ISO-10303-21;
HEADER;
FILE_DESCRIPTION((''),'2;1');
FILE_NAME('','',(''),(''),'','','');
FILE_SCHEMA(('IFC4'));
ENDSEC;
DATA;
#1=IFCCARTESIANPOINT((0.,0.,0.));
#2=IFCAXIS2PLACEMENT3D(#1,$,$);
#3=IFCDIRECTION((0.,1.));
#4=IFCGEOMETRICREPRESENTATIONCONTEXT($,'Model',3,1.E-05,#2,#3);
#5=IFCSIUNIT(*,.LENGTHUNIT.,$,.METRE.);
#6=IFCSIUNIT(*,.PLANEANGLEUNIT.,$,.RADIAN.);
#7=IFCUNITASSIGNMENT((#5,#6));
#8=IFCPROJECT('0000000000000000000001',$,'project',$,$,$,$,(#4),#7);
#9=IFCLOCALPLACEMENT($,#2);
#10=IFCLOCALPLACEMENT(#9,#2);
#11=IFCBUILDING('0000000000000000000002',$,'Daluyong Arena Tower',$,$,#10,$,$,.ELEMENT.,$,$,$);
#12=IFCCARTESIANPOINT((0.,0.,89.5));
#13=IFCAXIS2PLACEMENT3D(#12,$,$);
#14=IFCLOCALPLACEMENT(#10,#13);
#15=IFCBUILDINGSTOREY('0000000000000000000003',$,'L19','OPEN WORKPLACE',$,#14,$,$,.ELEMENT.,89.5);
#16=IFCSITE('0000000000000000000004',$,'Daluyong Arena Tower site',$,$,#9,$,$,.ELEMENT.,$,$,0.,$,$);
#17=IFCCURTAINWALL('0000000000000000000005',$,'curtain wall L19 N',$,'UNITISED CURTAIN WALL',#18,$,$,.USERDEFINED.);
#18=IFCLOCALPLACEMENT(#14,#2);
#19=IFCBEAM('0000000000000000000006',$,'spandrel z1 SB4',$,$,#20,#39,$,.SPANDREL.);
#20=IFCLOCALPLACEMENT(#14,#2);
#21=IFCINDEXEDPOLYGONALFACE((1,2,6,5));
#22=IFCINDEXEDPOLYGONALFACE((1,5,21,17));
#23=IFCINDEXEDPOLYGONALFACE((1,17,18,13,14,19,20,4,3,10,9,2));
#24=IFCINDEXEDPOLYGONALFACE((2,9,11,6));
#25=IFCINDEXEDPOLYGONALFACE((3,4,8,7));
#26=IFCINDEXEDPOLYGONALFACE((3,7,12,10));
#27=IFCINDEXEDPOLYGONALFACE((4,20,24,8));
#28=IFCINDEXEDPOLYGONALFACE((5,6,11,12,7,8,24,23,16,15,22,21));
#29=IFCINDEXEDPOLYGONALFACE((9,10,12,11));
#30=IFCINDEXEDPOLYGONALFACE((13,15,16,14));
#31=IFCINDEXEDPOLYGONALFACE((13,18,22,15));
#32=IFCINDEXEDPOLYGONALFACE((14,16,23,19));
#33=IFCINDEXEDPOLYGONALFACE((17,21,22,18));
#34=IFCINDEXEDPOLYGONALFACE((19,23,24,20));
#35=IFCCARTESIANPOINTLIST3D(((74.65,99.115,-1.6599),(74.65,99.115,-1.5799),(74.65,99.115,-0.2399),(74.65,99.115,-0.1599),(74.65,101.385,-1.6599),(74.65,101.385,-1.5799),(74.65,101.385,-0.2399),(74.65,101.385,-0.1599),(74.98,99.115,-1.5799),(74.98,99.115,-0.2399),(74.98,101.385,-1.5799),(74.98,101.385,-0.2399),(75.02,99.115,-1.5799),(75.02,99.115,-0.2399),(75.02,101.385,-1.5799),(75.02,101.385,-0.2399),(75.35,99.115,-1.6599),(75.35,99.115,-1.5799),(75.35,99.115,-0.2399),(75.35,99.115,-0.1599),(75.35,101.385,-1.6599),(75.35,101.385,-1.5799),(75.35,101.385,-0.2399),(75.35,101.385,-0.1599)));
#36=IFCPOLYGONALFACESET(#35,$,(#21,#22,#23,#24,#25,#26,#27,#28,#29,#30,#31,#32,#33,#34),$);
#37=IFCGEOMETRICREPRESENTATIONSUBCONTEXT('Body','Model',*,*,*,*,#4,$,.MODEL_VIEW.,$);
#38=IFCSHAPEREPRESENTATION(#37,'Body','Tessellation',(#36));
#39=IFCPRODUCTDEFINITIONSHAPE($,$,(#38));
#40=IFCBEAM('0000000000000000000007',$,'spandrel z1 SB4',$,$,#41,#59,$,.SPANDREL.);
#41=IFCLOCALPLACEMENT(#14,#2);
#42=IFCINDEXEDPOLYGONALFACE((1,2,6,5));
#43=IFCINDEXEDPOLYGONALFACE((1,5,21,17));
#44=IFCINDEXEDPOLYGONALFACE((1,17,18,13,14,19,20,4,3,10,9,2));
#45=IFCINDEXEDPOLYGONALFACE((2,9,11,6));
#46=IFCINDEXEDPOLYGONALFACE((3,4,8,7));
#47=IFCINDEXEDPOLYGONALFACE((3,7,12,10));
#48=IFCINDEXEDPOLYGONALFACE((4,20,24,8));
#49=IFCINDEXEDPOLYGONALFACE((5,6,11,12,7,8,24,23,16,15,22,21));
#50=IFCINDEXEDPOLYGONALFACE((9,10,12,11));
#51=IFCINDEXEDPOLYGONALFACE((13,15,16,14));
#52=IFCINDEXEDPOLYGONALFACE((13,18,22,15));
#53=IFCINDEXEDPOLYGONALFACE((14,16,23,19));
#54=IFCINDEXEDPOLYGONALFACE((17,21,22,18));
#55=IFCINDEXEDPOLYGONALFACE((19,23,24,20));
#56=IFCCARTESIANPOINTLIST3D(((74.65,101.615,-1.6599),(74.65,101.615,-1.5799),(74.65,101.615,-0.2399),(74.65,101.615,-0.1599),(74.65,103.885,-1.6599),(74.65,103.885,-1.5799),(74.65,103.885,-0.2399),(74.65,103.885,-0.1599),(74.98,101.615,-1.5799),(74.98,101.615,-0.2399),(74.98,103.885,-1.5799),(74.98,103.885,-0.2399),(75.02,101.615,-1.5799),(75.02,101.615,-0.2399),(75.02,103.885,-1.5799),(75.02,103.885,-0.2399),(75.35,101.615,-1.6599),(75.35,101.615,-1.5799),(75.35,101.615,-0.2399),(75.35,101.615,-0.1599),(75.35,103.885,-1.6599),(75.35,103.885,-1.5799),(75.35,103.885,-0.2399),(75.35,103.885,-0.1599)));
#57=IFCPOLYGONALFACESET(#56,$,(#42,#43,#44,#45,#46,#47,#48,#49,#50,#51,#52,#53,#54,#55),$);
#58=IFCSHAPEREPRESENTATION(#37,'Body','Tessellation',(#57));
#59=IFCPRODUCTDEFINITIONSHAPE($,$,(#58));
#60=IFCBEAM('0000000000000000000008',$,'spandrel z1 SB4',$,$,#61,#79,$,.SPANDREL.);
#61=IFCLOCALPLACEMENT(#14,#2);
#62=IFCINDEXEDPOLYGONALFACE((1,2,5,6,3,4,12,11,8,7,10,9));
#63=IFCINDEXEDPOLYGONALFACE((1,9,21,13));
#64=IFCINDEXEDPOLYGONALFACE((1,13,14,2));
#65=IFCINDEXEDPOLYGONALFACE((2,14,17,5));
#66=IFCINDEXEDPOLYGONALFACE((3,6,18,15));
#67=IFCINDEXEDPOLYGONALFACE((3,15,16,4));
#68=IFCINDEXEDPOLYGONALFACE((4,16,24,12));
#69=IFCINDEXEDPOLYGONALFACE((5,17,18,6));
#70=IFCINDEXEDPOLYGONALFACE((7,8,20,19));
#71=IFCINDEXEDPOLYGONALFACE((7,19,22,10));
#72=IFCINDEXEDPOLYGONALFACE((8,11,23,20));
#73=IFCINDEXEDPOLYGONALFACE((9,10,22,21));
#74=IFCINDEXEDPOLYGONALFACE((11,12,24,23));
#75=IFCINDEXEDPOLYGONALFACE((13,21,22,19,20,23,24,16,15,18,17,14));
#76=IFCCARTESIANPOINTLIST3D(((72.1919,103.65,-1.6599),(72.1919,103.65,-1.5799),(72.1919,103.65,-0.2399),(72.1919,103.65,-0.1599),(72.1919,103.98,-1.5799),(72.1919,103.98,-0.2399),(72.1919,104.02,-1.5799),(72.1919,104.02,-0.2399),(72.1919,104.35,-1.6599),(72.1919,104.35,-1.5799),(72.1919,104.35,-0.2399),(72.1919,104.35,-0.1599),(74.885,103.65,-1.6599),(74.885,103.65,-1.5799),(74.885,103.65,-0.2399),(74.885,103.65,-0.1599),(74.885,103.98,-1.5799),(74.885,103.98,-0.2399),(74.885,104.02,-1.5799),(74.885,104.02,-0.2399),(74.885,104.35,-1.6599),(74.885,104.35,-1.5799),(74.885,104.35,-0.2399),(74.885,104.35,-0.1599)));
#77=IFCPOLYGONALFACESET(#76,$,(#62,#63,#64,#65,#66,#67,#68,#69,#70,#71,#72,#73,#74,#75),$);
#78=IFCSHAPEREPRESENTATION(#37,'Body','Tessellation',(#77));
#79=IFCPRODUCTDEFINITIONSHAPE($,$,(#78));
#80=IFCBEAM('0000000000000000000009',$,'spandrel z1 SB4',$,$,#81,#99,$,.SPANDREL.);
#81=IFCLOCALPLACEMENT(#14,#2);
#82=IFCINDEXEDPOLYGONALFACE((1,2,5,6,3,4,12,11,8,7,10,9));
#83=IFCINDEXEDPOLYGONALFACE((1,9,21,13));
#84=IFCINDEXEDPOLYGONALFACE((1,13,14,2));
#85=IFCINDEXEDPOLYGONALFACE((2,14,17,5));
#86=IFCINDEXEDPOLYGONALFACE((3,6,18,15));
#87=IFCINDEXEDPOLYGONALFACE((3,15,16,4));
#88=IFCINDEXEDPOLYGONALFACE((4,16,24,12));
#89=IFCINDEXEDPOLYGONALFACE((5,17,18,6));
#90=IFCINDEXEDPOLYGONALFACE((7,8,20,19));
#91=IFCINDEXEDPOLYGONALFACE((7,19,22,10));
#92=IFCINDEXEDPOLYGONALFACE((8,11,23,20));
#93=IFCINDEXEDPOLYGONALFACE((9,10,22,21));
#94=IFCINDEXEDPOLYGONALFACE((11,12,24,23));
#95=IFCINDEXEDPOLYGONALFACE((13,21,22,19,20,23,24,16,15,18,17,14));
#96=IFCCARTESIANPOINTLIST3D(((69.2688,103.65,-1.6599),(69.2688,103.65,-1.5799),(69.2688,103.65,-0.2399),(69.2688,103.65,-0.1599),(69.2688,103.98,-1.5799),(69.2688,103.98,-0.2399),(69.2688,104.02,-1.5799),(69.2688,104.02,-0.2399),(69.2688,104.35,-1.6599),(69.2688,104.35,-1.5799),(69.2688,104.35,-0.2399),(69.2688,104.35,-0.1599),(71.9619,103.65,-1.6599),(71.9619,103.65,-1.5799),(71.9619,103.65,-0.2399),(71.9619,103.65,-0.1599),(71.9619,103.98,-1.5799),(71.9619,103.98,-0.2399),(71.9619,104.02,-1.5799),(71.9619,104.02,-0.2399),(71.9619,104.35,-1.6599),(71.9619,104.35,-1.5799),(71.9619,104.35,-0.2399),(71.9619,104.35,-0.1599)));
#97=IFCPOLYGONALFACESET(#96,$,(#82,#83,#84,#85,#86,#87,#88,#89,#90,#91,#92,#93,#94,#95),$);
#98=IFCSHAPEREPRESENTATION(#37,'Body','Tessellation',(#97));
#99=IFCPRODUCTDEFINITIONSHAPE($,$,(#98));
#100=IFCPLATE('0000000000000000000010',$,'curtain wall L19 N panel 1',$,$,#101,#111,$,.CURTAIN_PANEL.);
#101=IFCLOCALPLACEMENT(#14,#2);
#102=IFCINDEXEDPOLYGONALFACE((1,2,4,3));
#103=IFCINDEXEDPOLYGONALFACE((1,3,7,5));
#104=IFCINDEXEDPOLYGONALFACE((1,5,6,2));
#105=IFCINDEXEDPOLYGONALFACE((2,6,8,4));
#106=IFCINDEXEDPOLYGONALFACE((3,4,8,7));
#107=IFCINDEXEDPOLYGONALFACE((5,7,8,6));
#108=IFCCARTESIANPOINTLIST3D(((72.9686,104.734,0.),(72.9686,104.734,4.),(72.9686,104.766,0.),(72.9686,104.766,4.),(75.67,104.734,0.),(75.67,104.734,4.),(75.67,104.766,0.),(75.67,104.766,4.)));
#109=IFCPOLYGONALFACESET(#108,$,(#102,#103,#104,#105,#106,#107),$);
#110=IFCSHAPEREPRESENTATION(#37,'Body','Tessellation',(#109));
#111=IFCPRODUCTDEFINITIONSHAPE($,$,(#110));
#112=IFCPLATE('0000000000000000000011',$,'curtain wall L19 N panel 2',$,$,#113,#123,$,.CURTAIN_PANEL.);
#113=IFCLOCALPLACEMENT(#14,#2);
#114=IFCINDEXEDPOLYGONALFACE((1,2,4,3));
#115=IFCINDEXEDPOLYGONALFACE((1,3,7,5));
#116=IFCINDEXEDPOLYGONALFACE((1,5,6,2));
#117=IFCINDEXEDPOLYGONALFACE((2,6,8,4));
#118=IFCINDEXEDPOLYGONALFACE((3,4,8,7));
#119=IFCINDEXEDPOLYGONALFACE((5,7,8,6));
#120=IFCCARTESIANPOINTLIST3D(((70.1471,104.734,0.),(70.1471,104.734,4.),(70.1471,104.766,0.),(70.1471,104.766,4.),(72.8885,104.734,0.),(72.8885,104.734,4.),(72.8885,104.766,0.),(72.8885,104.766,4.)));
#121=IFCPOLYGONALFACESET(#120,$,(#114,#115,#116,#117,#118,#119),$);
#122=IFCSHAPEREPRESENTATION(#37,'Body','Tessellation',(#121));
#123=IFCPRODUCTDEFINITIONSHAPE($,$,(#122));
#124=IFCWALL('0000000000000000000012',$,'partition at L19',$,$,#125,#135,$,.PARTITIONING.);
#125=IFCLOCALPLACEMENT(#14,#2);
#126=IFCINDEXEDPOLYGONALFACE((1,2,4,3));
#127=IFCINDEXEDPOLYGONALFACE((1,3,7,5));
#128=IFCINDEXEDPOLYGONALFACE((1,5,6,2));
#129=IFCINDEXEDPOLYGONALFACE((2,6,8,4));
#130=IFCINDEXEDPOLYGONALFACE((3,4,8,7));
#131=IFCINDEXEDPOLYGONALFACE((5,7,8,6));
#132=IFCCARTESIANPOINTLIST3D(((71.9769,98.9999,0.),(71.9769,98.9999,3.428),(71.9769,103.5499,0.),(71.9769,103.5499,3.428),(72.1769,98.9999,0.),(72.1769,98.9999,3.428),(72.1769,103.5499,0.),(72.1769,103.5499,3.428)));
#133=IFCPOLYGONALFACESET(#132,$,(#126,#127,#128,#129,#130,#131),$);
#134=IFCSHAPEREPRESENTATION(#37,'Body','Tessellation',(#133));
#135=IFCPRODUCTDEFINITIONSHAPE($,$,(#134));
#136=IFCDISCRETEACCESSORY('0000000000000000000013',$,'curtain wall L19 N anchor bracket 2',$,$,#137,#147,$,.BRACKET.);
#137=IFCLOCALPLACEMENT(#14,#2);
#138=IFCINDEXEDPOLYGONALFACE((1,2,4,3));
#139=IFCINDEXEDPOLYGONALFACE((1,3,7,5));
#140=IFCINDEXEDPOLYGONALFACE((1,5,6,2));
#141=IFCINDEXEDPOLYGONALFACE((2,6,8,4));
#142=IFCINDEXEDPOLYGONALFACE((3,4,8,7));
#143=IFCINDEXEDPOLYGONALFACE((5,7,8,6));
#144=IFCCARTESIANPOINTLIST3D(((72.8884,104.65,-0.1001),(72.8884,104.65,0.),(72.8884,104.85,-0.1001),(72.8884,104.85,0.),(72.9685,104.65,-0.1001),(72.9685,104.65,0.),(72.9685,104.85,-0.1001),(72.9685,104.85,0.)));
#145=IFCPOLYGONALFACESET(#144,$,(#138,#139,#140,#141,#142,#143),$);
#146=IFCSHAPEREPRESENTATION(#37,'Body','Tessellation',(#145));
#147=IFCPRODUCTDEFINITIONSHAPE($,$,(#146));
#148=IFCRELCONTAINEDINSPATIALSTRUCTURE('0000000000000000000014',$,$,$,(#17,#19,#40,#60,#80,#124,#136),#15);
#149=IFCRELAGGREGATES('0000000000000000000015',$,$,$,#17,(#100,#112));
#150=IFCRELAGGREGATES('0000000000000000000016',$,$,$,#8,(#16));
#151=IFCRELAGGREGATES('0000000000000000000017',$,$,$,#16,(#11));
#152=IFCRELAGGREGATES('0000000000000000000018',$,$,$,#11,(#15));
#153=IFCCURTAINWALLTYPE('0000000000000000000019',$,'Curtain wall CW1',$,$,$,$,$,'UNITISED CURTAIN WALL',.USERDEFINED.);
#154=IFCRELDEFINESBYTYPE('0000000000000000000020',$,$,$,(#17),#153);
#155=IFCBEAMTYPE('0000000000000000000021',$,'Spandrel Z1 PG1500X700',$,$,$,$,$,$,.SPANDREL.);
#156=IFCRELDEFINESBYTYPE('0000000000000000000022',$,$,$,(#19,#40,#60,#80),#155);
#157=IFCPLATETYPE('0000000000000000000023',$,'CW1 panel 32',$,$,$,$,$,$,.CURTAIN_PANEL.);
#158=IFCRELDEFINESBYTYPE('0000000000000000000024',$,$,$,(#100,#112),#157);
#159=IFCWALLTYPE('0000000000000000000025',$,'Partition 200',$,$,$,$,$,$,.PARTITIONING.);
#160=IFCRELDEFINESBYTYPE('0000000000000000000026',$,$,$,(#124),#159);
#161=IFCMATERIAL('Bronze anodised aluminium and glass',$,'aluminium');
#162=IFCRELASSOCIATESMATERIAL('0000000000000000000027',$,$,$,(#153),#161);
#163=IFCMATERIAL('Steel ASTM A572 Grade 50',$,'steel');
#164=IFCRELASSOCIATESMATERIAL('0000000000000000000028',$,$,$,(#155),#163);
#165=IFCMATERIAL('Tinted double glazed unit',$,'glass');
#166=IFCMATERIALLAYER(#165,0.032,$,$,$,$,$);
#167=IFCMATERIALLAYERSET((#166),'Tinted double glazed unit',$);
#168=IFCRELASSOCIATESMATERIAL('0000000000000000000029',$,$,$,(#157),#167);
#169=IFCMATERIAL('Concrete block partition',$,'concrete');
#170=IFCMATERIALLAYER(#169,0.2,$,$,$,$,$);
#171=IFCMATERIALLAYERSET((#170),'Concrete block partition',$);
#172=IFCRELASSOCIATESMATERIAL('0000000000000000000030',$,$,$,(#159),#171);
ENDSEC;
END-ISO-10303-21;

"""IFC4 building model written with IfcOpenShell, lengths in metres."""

from ifc_helpers import new_model, si_unit, direction, frame, frame_2d, origin, origin_2d, place, context, subcontext, project, spatial, rectangle, i_section, extrude, material, layer, layer_set, material_profile, profile_set, type_object, element, aggregate, save


model = new_model("IFC4")

# Units and contexts
model_context = context("Model", 3, precision=1e-05, world=origin(), true_north=direction((0.0, 1.0)))
body_context = subcontext(model_context, "Body", "Model", "MODEL_VIEW")
ifc_project = project(units=[si_unit("LENGTHUNIT", "METRE"), si_unit("PLANEANGLEUNIT", "RADIAN")], contexts=[model_context])

# Site, building, storey
site_placement = place(None, origin())
site = spatial("IfcSite", under=ifc_project, at=site_placement, Name="Daluyong Arena Tower site", CompositionType="ELEMENT", RefElevation=0.0)
building_placement = place(site_placement, origin())
building = spatial("IfcBuilding", under=site, at=building_placement, Name="Daluyong Arena Tower", CompositionType="ELEMENT")
storey_placement = place(building_placement, frame((0.0, 0.0, 89.5)))
storey = spatial("IfcBuildingStorey", under=building, at=storey_placement, Name="L19", Description="OPEN WORKPLACE", CompositionType="ELEMENT", Elevation=89.5)

# Curtain wall
ifc_material_1 = material(Name="Bronze anodised aluminium and glass", Category="aluminium")
curtain_wall_type_1 = type_object("IfcCurtainWallType", Name="Curtain wall CW1", ElementType="UNITISED CURTAIN WALL", PredefinedType="USERDEFINED", material=ifc_material_1)
curtain_wall_1_placement = place(storey_placement, origin())
curtain_wall_1 = element("IfcCurtainWall", 1, at=curtain_wall_1_placement, inside=storey, type_object=curtain_wall_type_1, Name="curtain wall L19 N", ObjectType="UNITISED CURTAIN WALL", PredefinedType="USERDEFINED")

# Beams
ifc_material_2 = material(Name="Steel ASTM A572 Grade 50", Category="steel")
ifc_material_profile_1 = material_profile(ifc_material_2, i_section(OverallWidth=0.7, OverallDepth=1.5, WebThickness=0.04, FlangeThickness=0.08, at=origin_2d()))
ifc_profile_set_1 = profile_set([ifc_material_profile_1], Name="Steel ASTM A572 Grade 50")
beam_type_1 = type_object("IfcBeamType", Name="Spandrel Z1 PG1500X700", PredefinedType="SPANDREL", material=ifc_profile_set_1)
for number, where, z_axis, x_axis, name in (
    (2, (75.0, 99.115, -0.9099), (0.0, 1.0, 0.0), (-1.0, 0.0, 0.0), "spandrel z1 SB4"),
    (3, (75.0, 101.615, -0.9099), (0.0, 1.0, 0.0), (-1.0, 0.0, 0.0), "spandrel z1 SB4"),
):
    element("IfcBeam", number, at=place(storey_placement, frame(where, z_axis=z_axis, x_axis=x_axis)), inside=storey, type_object=beam_type_1, Name=name, PredefinedType="SPANDREL", context=body_context, shape_type="SweptSolid", body=[
        extrude(i_section(OverallWidth=0.7, OverallDepth=1.5, WebThickness=0.04, FlangeThickness=0.08, at=origin_2d()), origin(), (0.0, 0.0, 1.0), 2.27),
    ])
for number, where, z_axis, x_axis, name in (
    (4, (74.885, 104.0, -0.9099), (-1.0, 0.0, 0.0), (0.0, -1.0, 0.0), "spandrel z1 SB4"),
    (5, (71.9619, 104.0, -0.9099), (-1.0, 0.0, 0.0), (0.0, -1.0, 0.0), "spandrel z1 SB4"),
):
    element("IfcBeam", number, at=place(storey_placement, frame(where, z_axis=z_axis, x_axis=x_axis)), inside=storey, type_object=beam_type_1, Name=name, PredefinedType="SPANDREL", context=body_context, shape_type="SweptSolid", body=[
        extrude(i_section(OverallWidth=0.7, OverallDepth=1.5, WebThickness=0.04, FlangeThickness=0.08, at=origin_2d()), origin(), (0.0, 0.0, 1.0), 2.6931),
    ])

# Plates
ifc_material_3 = material(Name="Tinted double glazed unit", Category="glass")
ifc_layer_1 = layer(ifc_material_3, 0.032)
ifc_layer_set_1 = layer_set([ifc_layer_1], Name="Tinted double glazed unit")
plate_type = type_object("IfcPlateType", Name="CW1 panel 32", PredefinedType="CURTAIN_PANEL", material=ifc_layer_set_1)
plate_1_placement = place(storey_placement, frame((74.3193, 104.75, 0.0), z_axis=(0.0, 0.0, 1.0), x_axis=(-1.0, 0.0, 0.0)))
plate_1 = element("IfcPlate", 6, at=plate_1_placement, type_object=plate_type, Name="curtain wall L19 N panel 1", PredefinedType="CURTAIN_PANEL", context=body_context, shape_type="SweptSolid", body=[
    extrude(rectangle(XDim=2.7014, YDim=0.032, at=origin_2d()), origin(), (0.0, 0.0, 1.0), 4.0),
])
plate_2_placement = place(storey_placement, frame((71.5178, 104.75, 0.0), z_axis=(0.0, 0.0, 1.0), x_axis=(-1.0, 0.0, 0.0)))
plate_2 = element("IfcPlate", 7, at=plate_2_placement, type_object=plate_type, Name="curtain wall L19 N panel 2", PredefinedType="CURTAIN_PANEL", context=body_context, shape_type="SweptSolid", body=[
    extrude(rectangle(XDim=2.7415, YDim=0.032, at=origin_2d()), origin(), (0.0, 0.0, 1.0), 4.0),
])
aggregate(curtain_wall_1, [plate_1, plate_2])

# Wall
ifc_material_4 = material(Name="Concrete block partition", Category="concrete")
ifc_layer_2 = layer(ifc_material_4, 0.2)
ifc_layer_set_2 = layer_set([ifc_layer_2], Name="Concrete block partition")
wall_type_1 = type_object("IfcWallType", Name="Partition 200", PredefinedType="PARTITIONING", material=ifc_layer_set_2)
wall_1_placement = place(storey_placement, frame((72.0769, 99.0, 0.0), z_axis=(0.0, 0.0, 1.0), x_axis=(0.0, 1.0, 0.0)))
element("IfcWall", 8, at=wall_1_placement, inside=storey, type_object=wall_type_1, Name="partition at L19", PredefinedType="PARTITIONING", context=body_context, shape_type="SweptSolid", body=[
    extrude(rectangle(XDim=4.55, YDim=0.2, at=frame_2d((2.2749, 0.0))), origin(), (0.0, 0.0, 1.0), 3.428),
])

# Discrete accessory
discrete_accessory_placement = place(storey_placement, frame((72.9285, 104.75, -0.1001), z_axis=(0.0, 0.0, 1.0), x_axis=(-1.0, 0.0, 0.0)))
element("IfcDiscreteAccessory", 9, at=discrete_accessory_placement, inside=storey, Name="curtain wall L19 N anchor bracket 2", PredefinedType="BRACKET", context=body_context, shape_type="SweptSolid", body=[
    extrude(rectangle(XDim=0.0801, YDim=0.2, at=origin_2d()), origin(), (0.0, 0.0, 1.0), 0.1001),
])

save(model, "model.ifc")
